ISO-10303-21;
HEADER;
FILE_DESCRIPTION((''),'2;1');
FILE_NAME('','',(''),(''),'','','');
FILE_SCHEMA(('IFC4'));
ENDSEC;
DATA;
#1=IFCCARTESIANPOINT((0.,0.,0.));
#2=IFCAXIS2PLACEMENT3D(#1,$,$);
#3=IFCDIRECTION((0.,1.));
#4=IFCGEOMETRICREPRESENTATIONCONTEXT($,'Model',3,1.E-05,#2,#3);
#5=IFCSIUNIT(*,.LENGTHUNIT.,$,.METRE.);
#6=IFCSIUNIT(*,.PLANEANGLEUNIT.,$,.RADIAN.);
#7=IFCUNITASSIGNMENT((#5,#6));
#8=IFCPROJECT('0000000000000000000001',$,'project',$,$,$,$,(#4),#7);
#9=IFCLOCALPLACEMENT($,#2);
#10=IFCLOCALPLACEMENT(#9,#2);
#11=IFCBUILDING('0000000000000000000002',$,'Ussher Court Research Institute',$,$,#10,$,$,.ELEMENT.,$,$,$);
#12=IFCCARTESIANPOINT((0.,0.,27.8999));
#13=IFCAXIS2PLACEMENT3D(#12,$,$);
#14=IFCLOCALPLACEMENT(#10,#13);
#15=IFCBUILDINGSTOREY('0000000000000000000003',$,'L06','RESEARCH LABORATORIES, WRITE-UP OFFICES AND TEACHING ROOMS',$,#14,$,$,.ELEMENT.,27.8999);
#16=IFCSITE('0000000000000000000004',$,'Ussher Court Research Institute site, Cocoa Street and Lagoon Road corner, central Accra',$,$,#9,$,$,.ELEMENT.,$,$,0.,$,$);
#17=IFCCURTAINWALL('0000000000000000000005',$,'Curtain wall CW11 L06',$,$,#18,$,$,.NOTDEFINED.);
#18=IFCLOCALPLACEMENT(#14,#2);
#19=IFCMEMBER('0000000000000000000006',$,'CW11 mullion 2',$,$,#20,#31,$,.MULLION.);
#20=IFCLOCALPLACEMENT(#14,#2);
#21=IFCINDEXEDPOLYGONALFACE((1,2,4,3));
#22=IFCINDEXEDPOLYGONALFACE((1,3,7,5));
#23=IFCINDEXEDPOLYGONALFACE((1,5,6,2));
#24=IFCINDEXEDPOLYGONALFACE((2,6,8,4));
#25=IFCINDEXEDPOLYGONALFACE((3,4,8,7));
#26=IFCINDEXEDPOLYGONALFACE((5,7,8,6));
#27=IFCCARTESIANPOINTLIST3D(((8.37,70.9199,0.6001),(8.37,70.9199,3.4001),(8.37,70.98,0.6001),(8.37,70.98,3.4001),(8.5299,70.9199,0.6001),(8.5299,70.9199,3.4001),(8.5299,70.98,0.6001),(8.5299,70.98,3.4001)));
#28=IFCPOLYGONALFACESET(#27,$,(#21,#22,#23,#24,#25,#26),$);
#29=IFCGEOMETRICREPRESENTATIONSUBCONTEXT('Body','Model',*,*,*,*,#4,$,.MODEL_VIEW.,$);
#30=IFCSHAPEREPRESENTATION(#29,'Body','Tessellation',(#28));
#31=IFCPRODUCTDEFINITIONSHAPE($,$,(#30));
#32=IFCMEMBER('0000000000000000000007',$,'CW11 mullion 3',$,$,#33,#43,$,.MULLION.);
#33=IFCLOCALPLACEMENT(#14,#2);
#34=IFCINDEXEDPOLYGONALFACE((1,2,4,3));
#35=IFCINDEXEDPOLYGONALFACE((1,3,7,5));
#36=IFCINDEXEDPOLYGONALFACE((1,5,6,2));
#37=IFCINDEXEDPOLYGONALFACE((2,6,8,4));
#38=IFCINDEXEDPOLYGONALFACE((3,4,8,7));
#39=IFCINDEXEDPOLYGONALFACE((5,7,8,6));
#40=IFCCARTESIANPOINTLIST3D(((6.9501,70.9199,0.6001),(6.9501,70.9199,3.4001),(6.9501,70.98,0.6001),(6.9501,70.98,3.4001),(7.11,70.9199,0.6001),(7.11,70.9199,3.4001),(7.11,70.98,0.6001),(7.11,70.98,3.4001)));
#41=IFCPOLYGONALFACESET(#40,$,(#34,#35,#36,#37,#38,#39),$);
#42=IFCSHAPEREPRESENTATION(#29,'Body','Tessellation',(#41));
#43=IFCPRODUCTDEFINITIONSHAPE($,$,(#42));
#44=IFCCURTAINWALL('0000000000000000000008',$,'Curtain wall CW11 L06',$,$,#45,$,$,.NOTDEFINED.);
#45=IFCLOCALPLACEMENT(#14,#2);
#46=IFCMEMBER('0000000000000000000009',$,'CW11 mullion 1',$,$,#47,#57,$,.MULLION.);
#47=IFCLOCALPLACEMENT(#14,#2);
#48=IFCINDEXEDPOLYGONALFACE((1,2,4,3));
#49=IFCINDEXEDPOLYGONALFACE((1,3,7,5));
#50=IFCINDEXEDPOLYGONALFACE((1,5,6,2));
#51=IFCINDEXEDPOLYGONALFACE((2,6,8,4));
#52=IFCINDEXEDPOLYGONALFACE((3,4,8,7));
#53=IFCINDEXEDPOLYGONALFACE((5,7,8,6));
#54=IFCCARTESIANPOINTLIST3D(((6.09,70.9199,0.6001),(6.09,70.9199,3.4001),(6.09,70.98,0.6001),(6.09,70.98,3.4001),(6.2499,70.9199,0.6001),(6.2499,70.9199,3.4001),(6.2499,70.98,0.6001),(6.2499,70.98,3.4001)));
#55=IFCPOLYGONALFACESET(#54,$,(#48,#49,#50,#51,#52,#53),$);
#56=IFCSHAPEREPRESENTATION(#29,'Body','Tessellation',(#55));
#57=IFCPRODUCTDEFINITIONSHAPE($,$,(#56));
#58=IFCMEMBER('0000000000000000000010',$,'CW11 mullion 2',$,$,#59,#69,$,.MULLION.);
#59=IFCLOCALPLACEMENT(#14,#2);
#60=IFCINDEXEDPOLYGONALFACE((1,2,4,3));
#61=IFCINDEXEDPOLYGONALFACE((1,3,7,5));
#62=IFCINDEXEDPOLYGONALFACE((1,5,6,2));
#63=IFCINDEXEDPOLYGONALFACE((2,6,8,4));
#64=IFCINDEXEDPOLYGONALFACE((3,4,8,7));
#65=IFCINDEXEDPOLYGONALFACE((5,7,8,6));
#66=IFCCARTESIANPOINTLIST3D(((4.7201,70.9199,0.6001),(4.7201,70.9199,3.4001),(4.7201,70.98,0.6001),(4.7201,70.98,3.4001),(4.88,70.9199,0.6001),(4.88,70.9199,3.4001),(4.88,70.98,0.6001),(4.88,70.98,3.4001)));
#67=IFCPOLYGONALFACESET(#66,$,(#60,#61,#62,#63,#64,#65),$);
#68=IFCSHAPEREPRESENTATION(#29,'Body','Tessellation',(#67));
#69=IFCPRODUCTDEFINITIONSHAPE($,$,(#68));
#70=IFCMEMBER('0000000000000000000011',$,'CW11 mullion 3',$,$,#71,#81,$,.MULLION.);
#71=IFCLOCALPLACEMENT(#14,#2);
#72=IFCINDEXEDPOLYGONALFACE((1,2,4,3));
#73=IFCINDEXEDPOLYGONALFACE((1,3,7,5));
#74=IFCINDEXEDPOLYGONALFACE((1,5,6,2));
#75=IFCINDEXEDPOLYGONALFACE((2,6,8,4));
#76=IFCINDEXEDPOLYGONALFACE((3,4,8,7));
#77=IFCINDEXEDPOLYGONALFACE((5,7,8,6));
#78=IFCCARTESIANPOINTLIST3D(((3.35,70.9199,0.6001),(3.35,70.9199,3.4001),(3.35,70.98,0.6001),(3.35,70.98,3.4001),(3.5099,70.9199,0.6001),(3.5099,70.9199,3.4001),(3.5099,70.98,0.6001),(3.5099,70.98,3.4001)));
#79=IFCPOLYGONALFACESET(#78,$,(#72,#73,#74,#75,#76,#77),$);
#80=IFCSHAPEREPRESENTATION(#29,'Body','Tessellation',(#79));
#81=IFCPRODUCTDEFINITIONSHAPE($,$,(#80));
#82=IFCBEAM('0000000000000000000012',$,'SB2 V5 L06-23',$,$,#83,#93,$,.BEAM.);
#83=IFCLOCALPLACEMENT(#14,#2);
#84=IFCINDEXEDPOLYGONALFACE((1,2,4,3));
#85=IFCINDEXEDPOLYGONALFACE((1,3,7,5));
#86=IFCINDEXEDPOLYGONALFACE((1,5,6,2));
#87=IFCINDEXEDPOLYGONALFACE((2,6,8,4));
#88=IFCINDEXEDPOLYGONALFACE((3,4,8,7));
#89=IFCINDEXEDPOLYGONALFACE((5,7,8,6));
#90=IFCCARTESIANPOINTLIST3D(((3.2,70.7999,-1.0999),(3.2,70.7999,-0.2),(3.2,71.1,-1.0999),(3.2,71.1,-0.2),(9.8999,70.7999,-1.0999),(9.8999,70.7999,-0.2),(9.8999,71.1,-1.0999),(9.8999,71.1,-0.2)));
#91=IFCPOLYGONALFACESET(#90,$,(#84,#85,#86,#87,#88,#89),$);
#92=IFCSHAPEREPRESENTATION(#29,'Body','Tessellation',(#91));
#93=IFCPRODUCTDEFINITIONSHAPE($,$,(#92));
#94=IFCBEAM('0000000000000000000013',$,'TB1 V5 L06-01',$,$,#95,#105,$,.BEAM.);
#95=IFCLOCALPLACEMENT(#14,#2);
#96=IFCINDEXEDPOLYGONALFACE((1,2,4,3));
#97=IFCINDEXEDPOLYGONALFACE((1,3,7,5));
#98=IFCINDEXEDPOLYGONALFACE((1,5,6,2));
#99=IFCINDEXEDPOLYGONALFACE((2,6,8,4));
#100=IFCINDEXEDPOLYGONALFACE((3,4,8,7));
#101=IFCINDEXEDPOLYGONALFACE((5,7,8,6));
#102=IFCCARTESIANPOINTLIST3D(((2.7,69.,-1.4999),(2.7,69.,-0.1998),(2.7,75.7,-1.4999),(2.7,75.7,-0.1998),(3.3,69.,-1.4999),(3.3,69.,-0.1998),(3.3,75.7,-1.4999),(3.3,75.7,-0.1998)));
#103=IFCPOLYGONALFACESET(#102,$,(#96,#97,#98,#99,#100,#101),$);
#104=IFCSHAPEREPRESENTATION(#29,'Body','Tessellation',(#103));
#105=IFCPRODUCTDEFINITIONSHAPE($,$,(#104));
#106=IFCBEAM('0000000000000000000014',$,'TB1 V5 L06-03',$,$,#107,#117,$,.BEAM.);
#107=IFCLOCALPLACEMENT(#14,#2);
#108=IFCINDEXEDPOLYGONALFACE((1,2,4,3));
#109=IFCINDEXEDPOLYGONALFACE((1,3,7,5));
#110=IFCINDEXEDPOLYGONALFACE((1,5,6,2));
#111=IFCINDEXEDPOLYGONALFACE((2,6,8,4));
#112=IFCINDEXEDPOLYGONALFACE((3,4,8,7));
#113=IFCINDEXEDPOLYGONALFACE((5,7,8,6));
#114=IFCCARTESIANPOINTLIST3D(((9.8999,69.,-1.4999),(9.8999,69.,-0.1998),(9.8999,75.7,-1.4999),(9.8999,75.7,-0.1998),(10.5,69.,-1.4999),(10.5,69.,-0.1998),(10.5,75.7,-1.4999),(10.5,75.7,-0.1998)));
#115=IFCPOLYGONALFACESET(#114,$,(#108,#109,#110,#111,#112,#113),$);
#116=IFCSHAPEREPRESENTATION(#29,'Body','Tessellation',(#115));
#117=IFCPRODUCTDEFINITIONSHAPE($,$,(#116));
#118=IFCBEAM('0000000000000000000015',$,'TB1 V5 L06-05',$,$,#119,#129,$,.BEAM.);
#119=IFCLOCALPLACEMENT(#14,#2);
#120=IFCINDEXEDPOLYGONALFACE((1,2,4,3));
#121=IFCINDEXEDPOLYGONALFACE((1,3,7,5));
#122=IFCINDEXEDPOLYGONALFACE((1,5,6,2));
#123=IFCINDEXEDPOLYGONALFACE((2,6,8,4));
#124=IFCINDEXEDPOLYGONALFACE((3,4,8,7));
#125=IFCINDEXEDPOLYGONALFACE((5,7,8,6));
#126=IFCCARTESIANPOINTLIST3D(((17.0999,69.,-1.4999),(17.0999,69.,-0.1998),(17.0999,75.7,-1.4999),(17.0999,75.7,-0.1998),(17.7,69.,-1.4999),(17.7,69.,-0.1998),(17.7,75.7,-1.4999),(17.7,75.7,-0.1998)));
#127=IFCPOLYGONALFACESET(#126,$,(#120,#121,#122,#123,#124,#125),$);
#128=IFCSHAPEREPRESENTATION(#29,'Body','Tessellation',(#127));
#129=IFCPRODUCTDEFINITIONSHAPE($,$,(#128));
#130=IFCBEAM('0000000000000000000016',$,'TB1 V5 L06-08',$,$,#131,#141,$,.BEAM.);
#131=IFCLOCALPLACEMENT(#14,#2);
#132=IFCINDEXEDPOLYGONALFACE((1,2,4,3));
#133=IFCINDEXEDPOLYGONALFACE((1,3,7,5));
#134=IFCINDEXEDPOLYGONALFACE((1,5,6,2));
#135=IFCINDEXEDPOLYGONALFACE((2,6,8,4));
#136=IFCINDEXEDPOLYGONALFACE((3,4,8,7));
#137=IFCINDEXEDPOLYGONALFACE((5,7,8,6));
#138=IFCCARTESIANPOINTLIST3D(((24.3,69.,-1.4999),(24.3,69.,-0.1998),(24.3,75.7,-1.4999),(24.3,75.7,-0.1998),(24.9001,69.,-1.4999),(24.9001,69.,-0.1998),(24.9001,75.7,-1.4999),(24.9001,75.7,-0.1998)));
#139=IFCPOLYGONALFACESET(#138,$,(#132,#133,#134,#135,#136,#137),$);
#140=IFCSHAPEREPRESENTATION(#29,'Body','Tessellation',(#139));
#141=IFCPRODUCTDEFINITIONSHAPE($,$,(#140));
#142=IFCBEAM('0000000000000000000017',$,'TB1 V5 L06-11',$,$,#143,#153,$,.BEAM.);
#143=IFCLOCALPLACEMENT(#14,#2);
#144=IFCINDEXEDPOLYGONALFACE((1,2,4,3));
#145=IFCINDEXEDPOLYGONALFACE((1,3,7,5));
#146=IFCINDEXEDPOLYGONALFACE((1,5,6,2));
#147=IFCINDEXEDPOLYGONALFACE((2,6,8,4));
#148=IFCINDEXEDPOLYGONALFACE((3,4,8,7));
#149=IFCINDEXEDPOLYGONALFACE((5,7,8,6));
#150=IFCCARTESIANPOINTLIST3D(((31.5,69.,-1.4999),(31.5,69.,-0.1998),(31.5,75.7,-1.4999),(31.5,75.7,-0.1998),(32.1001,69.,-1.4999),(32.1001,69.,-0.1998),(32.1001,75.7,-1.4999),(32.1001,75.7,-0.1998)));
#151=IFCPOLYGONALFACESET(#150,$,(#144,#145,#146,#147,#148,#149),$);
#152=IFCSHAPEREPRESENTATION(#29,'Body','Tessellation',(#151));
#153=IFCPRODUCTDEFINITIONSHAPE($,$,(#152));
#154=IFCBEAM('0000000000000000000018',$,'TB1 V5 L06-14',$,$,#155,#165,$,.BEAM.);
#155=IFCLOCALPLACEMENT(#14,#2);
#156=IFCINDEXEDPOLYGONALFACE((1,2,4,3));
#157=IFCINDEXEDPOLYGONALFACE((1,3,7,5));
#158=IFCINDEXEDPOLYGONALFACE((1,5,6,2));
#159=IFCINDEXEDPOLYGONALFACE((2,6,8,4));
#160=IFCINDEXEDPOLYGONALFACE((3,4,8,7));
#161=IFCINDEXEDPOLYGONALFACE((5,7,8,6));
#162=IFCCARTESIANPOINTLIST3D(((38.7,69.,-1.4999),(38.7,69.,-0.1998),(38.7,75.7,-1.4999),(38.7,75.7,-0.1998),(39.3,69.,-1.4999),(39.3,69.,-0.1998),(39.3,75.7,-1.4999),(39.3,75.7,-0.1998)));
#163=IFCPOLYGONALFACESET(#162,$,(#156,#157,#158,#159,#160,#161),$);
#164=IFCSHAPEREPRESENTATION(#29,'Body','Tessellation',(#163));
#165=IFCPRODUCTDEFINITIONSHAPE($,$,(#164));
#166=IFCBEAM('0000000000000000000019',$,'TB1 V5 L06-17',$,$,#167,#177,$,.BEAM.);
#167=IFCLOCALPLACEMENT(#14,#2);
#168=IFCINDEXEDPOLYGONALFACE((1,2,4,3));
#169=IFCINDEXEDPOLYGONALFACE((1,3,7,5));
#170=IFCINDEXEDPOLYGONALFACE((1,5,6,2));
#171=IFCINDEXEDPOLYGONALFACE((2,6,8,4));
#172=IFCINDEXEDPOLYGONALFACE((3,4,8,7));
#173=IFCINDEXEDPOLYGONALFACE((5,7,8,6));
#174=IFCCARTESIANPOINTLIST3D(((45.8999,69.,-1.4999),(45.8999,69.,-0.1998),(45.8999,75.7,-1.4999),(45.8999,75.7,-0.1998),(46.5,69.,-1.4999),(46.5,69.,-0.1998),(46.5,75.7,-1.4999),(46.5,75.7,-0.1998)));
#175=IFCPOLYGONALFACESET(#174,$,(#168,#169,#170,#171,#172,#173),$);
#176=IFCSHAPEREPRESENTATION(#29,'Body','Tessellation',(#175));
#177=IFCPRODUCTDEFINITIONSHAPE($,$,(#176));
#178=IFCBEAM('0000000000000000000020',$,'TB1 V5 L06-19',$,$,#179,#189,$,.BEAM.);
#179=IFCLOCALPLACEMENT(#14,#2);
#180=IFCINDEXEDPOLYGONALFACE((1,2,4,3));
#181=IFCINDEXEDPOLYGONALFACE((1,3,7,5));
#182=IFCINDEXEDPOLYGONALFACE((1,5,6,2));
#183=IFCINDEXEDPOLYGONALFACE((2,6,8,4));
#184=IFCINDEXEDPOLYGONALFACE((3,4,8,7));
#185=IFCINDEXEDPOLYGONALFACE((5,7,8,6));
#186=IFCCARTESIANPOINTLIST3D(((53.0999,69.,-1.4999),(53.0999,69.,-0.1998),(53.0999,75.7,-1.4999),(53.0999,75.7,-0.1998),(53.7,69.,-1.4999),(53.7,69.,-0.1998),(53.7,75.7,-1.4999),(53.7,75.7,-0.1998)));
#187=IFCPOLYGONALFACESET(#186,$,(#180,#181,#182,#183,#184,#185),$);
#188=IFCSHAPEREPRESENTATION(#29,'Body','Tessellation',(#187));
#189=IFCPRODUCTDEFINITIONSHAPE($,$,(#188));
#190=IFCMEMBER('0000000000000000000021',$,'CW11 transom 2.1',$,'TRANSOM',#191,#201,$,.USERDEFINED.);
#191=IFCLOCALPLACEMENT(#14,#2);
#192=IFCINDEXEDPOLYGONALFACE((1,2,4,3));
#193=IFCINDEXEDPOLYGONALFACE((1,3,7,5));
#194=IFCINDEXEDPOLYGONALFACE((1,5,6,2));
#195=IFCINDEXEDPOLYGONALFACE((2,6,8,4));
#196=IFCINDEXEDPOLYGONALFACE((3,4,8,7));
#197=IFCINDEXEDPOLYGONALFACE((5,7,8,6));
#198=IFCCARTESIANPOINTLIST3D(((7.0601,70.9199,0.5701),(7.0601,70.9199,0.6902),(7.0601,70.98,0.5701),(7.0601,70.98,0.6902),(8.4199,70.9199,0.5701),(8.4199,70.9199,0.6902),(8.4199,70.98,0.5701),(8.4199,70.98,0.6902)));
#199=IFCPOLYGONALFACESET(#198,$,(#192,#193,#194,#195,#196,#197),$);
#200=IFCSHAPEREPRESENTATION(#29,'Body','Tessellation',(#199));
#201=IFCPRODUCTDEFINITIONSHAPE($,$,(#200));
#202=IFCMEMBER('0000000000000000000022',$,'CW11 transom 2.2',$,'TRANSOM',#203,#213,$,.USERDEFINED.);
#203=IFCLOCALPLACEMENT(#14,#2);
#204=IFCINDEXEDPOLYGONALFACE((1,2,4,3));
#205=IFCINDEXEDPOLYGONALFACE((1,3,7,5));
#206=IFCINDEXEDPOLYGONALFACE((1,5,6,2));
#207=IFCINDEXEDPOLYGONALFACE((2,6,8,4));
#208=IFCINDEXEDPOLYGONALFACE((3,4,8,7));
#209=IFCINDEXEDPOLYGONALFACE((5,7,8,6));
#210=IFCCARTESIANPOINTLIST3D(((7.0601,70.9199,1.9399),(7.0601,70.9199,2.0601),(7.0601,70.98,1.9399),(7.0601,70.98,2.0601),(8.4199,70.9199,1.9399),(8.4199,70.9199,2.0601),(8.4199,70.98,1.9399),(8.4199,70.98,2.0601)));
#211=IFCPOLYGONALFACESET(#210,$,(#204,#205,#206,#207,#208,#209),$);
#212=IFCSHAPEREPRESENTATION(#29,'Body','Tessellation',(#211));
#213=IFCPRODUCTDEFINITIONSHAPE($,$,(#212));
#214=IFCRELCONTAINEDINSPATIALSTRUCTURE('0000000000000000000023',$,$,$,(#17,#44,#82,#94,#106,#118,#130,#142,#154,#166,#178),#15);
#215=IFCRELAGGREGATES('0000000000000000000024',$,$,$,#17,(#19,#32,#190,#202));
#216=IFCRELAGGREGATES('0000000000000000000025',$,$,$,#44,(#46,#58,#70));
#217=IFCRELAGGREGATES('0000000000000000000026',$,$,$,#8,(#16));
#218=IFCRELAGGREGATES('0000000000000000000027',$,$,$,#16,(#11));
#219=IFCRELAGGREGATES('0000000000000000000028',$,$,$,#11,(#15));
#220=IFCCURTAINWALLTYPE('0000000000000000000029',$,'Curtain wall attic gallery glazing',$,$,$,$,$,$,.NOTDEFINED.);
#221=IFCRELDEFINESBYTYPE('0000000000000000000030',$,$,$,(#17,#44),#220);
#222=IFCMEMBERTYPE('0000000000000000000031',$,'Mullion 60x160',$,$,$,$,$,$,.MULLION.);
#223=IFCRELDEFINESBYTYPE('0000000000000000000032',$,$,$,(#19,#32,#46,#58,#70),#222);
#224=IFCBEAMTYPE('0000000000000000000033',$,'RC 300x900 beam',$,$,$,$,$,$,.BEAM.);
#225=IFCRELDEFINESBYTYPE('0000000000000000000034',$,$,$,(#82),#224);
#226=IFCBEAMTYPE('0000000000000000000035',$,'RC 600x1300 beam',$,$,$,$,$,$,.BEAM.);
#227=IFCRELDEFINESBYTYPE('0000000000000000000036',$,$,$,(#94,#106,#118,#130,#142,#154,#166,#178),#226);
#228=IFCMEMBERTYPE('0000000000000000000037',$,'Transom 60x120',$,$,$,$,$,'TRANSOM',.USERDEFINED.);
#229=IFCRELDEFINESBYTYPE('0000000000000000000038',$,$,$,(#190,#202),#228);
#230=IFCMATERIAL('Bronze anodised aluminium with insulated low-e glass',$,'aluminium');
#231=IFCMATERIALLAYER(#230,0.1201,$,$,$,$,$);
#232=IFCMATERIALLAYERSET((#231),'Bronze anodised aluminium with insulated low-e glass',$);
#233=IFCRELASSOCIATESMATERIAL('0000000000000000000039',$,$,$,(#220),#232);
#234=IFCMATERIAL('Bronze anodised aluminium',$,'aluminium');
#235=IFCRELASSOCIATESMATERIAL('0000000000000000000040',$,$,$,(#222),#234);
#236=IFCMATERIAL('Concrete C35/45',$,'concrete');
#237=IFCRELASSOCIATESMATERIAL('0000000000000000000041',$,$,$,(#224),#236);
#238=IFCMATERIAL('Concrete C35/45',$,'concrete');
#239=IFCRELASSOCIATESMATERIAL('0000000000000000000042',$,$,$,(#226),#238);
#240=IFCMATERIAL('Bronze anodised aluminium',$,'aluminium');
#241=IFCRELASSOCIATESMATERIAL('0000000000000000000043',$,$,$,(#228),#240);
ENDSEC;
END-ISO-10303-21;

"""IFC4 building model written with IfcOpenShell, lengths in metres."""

from ifc_helpers import new_model, si_unit, direction, frame, origin, origin_2d, place, context, subcontext, project, spatial, rectangle, extrude, material, layer, layer_set, material_profile, profile_set, type_object, element, aggregate, save


model = new_model("IFC4")

# Units and contexts
model_context = context("Model", 3, precision=1e-05, world=origin(), true_north=direction((0.0, 1.0)))
body_context = subcontext(model_context, "Body", "Model", "MODEL_VIEW")
ifc_project = project(units=[si_unit("LENGTHUNIT", "METRE"), si_unit("PLANEANGLEUNIT", "RADIAN")], contexts=[model_context])

# Site, building, storey
site_placement = place(None, origin())
site = spatial("IfcSite", under=ifc_project, at=site_placement, Name="Ussher Court Research Institute site, Cocoa Street and Lagoon Road corner, central Accra", CompositionType="ELEMENT", RefElevation=0.0)
building_placement = place(site_placement, origin())
building = spatial("IfcBuilding", under=site, at=building_placement, Name="Ussher Court Research Institute", CompositionType="ELEMENT")
storey_placement = place(building_placement, frame((0.0, 0.0, 27.8999)))
storey = spatial("IfcBuildingStorey", under=building, at=storey_placement, Name="L06", Description="RESEARCH LABORATORIES, WRITE-UP OFFICES AND TEACHING ROOMS", CompositionType="ELEMENT", Elevation=27.8999)

# Curtain walls, members
ifc_material_1 = material(Name="Bronze anodised aluminium with insulated low-e glass", Category="aluminium")
ifc_layer_1 = layer(ifc_material_1, 0.1201)
ifc_layer_set_1 = layer_set([ifc_layer_1], Name="Bronze anodised aluminium with insulated low-e glass")
curtain_wall_type = type_object("IfcCurtainWallType", Name="Curtain wall attic gallery glazing", PredefinedType="NOTDEFINED", material=ifc_layer_set_1)
curtain_wall_1_placement = place(storey_placement, origin())
curtain_wall_1 = element("IfcCurtainWall", 1, at=curtain_wall_1_placement, inside=storey, type_object=curtain_wall_type, Name="Curtain wall CW11 L06", PredefinedType="NOTDEFINED")
ifc_material_2 = material(Name="Bronze anodised aluminium", Category="aluminium")
ifc_material_profile_1 = material_profile(ifc_material_2, rectangle(XDim=0.0601, YDim=0.1599, at=origin_2d()), Name="Mullion 60x160")
ifc_profile_set_1 = profile_set([ifc_material_profile_1], Name="Bronze anodised aluminium")
member_type_1 = type_object("IfcMemberType", Name="Mullion 60x160", PredefinedType="MULLION", material=ifc_profile_set_1)
member_1_placement = place(storey_placement, frame((8.45, 70.95, 0.6001), z_axis=(0.0, 0.0, 1.0), x_axis=(0.0, -1.0, 0.0)))
member_1 = element("IfcMember", 2, at=member_1_placement, type_object=member_type_1, Name="CW11 mullion 2", PredefinedType="MULLION", context=body_context, shape_type="SweptSolid", body=[
    extrude(rectangle(XDim=0.0601, YDim=0.1599, at=origin_2d()), origin(), (0.0, 0.0, 1.0), 2.8),
])
member_2_placement = place(storey_placement, frame((7.03, 70.95, 0.6001), z_axis=(0.0, 0.0, 1.0), x_axis=(0.0, -1.0, 0.0)))
member_2 = element("IfcMember", 3, at=member_2_placement, type_object=member_type_1, Name="CW11 mullion 3", PredefinedType="MULLION", context=body_context, shape_type="SweptSolid", body=[
    extrude(rectangle(XDim=0.0601, YDim=0.1599, at=origin_2d()), origin(), (0.0, 0.0, 1.0), 2.8),
])
curtain_wall_2_placement = place(storey_placement, origin())
curtain_wall_2 = element("IfcCurtainWall", 4, at=curtain_wall_2_placement, inside=storey, type_object=curtain_wall_type, Name="Curtain wall CW11 L06", PredefinedType="NOTDEFINED")
member_3_placement = place(storey_placement, frame((6.1699, 70.95, 0.6001), z_axis=(0.0, 0.0, 1.0), x_axis=(0.0, -1.0, 0.0)))
member_3 = element("IfcMember", 5, at=member_3_placement, type_object=member_type_1, Name="CW11 mullion 1", PredefinedType="MULLION", context=body_context, shape_type="SweptSolid", body=[
    extrude(rectangle(XDim=0.0601, YDim=0.1599, at=origin_2d()), origin(), (0.0, 0.0, 1.0), 2.8),
])
member_4_placement = place(storey_placement, frame((4.8, 70.95, 0.6001), z_axis=(0.0, 0.0, 1.0), x_axis=(0.0, -1.0, 0.0)))
member_4 = element("IfcMember", 6, at=member_4_placement, type_object=member_type_1, Name="CW11 mullion 2", PredefinedType="MULLION", context=body_context, shape_type="SweptSolid", body=[
    extrude(rectangle(XDim=0.0601, YDim=0.1599, at=origin_2d()), origin(), (0.0, 0.0, 1.0), 2.8),
])
member_5_placement = place(storey_placement, frame((3.4299, 70.95, 0.6001), z_axis=(0.0, 0.0, 1.0), x_axis=(0.0, -1.0, 0.0)))
member_5 = element("IfcMember", 7, at=member_5_placement, type_object=member_type_1, Name="CW11 mullion 3", PredefinedType="MULLION", context=body_context, shape_type="SweptSolid", body=[
    extrude(rectangle(XDim=0.0601, YDim=0.1599, at=origin_2d()), origin(), (0.0, 0.0, 1.0), 2.8),
])

# Beams
ifc_material_3 = material(Name="Concrete C35/45", Category="concrete")
ifc_material_profile_2 = material_profile(ifc_material_3, rectangle(XDim=0.3, YDim=0.8999, at=origin_2d()), Name="RC 300x900")
ifc_profile_set_2 = profile_set([ifc_material_profile_2], Name="Concrete C35/45")
beam_type_1 = type_object("IfcBeamType", Name="RC 300x900 beam", PredefinedType="BEAM", material=ifc_profile_set_2)
beam_placement = place(storey_placement, frame((3.2, 70.95, -0.6499), z_axis=(1.0, 0.0, 0.0), x_axis=(0.0, 1.0, 0.0)))
element("IfcBeam", 8, at=beam_placement, inside=storey, type_object=beam_type_1, Name="SB2 V5 L06-23", PredefinedType="BEAM", context=body_context, shape_type="SweptSolid", body=[
    extrude(rectangle(XDim=0.3, YDim=0.8999, at=origin_2d()), origin(), (0.0, 0.0, 1.0), 6.7),
])
ifc_material_4 = material(Name="Concrete C35/45", Category="concrete")
ifc_material_profile_3 = material_profile(ifc_material_4, rectangle(XDim=0.6001, YDim=1.3, at=origin_2d()), Name="RC 600x1300")
ifc_profile_set_3 = profile_set([ifc_material_profile_3], Name="Concrete C35/45")
beam_type_2 = type_object("IfcBeamType", Name="RC 600x1300 beam", PredefinedType="BEAM", material=ifc_profile_set_3)
for number, where, z_axis, x_axis, name in (
    (9, (3.0, 69.0, -0.8499), (0.0, 1.0, 0.0), (-1.0, 0.0, 0.0), "TB1 V5 L06-01"),
    (10, (10.2, 69.0, -0.8499), (0.0, 1.0, 0.0), (-1.0, 0.0, 0.0), "TB1 V5 L06-03"),
    (11, (17.3999, 69.0, -0.8499), (0.0, 1.0, 0.0), (-1.0, 0.0, 0.0), "TB1 V5 L06-05"),
    (12, (24.6001, 69.0, -0.8499), (0.0, 1.0, 0.0), (-1.0, 0.0, 0.0), "TB1 V5 L06-08"),
    (13, (31.8, 69.0, -0.8499), (0.0, 1.0, 0.0), (-1.0, 0.0, 0.0), "TB1 V5 L06-11"),
    (14, (39.0, 69.0, -0.8499), (0.0, 1.0, 0.0), (-1.0, 0.0, 0.0), "TB1 V5 L06-14"),
    (15, (46.2, 69.0, -0.8499), (0.0, 1.0, 0.0), (-1.0, 0.0, 0.0), "TB1 V5 L06-17"),
    (16, (53.3999, 69.0, -0.8499), (0.0, 1.0, 0.0), (-1.0, 0.0, 0.0), "TB1 V5 L06-19"),
):
    element("IfcBeam", number, at=place(storey_placement, frame(where, z_axis=z_axis, x_axis=x_axis)), inside=storey, type_object=beam_type_2, Name=name, PredefinedType="BEAM", context=body_context, shape_type="SweptSolid", body=[
        extrude(rectangle(XDim=0.6001, YDim=1.3, at=origin_2d()), origin(), (0.0, 0.0, 1.0), 6.7),
    ])

# Members
ifc_material_5 = material(Name="Bronze anodised aluminium", Category="aluminium")
ifc_material_profile_4 = material_profile(ifc_material_5, rectangle(XDim=0.0601, YDim=0.1201, at=origin_2d()), Name="Transom 60x120")
ifc_profile_set_4 = profile_set([ifc_material_profile_4], Name="Bronze anodised aluminium")
member_type_2 = type_object("IfcMemberType", Name="Transom 60x120", ElementType="TRANSOM", PredefinedType="USERDEFINED", material=ifc_profile_set_4)
member_6_placement = place(storey_placement, frame((8.4199, 70.95, 0.6301), z_axis=(-1.0, 0.0, 0.0), x_axis=(0.0, -1.0, 0.0)))
member_6 = element("IfcMember", 17, at=member_6_placement, type_object=member_type_2, Name="CW11 transom 2.1", ObjectType="TRANSOM", PredefinedType="USERDEFINED", context=body_context, shape_type="SweptSolid", body=[
    extrude(rectangle(XDim=0.0601, YDim=0.1201, at=origin_2d()), origin(), (0.0, 0.0, 1.0), 1.3599),
])
member_7_placement = place(storey_placement, frame((8.4199, 70.95, 2.0), z_axis=(-1.0, 0.0, 0.0), x_axis=(0.0, -1.0, 0.0)))
member_7 = element("IfcMember", 18, at=member_7_placement, type_object=member_type_2, Name="CW11 transom 2.2", ObjectType="TRANSOM", PredefinedType="USERDEFINED", context=body_context, shape_type="SweptSolid", body=[
    extrude(rectangle(XDim=0.0601, YDim=0.1201, at=origin_2d()), origin(), (0.0, 0.0, 1.0), 1.3599),
])

aggregate(curtain_wall_1, [member_1, member_2, member_6, member_7])
aggregate(curtain_wall_2, [member_3, member_4, member_5])

save(model, "model.ifc")
